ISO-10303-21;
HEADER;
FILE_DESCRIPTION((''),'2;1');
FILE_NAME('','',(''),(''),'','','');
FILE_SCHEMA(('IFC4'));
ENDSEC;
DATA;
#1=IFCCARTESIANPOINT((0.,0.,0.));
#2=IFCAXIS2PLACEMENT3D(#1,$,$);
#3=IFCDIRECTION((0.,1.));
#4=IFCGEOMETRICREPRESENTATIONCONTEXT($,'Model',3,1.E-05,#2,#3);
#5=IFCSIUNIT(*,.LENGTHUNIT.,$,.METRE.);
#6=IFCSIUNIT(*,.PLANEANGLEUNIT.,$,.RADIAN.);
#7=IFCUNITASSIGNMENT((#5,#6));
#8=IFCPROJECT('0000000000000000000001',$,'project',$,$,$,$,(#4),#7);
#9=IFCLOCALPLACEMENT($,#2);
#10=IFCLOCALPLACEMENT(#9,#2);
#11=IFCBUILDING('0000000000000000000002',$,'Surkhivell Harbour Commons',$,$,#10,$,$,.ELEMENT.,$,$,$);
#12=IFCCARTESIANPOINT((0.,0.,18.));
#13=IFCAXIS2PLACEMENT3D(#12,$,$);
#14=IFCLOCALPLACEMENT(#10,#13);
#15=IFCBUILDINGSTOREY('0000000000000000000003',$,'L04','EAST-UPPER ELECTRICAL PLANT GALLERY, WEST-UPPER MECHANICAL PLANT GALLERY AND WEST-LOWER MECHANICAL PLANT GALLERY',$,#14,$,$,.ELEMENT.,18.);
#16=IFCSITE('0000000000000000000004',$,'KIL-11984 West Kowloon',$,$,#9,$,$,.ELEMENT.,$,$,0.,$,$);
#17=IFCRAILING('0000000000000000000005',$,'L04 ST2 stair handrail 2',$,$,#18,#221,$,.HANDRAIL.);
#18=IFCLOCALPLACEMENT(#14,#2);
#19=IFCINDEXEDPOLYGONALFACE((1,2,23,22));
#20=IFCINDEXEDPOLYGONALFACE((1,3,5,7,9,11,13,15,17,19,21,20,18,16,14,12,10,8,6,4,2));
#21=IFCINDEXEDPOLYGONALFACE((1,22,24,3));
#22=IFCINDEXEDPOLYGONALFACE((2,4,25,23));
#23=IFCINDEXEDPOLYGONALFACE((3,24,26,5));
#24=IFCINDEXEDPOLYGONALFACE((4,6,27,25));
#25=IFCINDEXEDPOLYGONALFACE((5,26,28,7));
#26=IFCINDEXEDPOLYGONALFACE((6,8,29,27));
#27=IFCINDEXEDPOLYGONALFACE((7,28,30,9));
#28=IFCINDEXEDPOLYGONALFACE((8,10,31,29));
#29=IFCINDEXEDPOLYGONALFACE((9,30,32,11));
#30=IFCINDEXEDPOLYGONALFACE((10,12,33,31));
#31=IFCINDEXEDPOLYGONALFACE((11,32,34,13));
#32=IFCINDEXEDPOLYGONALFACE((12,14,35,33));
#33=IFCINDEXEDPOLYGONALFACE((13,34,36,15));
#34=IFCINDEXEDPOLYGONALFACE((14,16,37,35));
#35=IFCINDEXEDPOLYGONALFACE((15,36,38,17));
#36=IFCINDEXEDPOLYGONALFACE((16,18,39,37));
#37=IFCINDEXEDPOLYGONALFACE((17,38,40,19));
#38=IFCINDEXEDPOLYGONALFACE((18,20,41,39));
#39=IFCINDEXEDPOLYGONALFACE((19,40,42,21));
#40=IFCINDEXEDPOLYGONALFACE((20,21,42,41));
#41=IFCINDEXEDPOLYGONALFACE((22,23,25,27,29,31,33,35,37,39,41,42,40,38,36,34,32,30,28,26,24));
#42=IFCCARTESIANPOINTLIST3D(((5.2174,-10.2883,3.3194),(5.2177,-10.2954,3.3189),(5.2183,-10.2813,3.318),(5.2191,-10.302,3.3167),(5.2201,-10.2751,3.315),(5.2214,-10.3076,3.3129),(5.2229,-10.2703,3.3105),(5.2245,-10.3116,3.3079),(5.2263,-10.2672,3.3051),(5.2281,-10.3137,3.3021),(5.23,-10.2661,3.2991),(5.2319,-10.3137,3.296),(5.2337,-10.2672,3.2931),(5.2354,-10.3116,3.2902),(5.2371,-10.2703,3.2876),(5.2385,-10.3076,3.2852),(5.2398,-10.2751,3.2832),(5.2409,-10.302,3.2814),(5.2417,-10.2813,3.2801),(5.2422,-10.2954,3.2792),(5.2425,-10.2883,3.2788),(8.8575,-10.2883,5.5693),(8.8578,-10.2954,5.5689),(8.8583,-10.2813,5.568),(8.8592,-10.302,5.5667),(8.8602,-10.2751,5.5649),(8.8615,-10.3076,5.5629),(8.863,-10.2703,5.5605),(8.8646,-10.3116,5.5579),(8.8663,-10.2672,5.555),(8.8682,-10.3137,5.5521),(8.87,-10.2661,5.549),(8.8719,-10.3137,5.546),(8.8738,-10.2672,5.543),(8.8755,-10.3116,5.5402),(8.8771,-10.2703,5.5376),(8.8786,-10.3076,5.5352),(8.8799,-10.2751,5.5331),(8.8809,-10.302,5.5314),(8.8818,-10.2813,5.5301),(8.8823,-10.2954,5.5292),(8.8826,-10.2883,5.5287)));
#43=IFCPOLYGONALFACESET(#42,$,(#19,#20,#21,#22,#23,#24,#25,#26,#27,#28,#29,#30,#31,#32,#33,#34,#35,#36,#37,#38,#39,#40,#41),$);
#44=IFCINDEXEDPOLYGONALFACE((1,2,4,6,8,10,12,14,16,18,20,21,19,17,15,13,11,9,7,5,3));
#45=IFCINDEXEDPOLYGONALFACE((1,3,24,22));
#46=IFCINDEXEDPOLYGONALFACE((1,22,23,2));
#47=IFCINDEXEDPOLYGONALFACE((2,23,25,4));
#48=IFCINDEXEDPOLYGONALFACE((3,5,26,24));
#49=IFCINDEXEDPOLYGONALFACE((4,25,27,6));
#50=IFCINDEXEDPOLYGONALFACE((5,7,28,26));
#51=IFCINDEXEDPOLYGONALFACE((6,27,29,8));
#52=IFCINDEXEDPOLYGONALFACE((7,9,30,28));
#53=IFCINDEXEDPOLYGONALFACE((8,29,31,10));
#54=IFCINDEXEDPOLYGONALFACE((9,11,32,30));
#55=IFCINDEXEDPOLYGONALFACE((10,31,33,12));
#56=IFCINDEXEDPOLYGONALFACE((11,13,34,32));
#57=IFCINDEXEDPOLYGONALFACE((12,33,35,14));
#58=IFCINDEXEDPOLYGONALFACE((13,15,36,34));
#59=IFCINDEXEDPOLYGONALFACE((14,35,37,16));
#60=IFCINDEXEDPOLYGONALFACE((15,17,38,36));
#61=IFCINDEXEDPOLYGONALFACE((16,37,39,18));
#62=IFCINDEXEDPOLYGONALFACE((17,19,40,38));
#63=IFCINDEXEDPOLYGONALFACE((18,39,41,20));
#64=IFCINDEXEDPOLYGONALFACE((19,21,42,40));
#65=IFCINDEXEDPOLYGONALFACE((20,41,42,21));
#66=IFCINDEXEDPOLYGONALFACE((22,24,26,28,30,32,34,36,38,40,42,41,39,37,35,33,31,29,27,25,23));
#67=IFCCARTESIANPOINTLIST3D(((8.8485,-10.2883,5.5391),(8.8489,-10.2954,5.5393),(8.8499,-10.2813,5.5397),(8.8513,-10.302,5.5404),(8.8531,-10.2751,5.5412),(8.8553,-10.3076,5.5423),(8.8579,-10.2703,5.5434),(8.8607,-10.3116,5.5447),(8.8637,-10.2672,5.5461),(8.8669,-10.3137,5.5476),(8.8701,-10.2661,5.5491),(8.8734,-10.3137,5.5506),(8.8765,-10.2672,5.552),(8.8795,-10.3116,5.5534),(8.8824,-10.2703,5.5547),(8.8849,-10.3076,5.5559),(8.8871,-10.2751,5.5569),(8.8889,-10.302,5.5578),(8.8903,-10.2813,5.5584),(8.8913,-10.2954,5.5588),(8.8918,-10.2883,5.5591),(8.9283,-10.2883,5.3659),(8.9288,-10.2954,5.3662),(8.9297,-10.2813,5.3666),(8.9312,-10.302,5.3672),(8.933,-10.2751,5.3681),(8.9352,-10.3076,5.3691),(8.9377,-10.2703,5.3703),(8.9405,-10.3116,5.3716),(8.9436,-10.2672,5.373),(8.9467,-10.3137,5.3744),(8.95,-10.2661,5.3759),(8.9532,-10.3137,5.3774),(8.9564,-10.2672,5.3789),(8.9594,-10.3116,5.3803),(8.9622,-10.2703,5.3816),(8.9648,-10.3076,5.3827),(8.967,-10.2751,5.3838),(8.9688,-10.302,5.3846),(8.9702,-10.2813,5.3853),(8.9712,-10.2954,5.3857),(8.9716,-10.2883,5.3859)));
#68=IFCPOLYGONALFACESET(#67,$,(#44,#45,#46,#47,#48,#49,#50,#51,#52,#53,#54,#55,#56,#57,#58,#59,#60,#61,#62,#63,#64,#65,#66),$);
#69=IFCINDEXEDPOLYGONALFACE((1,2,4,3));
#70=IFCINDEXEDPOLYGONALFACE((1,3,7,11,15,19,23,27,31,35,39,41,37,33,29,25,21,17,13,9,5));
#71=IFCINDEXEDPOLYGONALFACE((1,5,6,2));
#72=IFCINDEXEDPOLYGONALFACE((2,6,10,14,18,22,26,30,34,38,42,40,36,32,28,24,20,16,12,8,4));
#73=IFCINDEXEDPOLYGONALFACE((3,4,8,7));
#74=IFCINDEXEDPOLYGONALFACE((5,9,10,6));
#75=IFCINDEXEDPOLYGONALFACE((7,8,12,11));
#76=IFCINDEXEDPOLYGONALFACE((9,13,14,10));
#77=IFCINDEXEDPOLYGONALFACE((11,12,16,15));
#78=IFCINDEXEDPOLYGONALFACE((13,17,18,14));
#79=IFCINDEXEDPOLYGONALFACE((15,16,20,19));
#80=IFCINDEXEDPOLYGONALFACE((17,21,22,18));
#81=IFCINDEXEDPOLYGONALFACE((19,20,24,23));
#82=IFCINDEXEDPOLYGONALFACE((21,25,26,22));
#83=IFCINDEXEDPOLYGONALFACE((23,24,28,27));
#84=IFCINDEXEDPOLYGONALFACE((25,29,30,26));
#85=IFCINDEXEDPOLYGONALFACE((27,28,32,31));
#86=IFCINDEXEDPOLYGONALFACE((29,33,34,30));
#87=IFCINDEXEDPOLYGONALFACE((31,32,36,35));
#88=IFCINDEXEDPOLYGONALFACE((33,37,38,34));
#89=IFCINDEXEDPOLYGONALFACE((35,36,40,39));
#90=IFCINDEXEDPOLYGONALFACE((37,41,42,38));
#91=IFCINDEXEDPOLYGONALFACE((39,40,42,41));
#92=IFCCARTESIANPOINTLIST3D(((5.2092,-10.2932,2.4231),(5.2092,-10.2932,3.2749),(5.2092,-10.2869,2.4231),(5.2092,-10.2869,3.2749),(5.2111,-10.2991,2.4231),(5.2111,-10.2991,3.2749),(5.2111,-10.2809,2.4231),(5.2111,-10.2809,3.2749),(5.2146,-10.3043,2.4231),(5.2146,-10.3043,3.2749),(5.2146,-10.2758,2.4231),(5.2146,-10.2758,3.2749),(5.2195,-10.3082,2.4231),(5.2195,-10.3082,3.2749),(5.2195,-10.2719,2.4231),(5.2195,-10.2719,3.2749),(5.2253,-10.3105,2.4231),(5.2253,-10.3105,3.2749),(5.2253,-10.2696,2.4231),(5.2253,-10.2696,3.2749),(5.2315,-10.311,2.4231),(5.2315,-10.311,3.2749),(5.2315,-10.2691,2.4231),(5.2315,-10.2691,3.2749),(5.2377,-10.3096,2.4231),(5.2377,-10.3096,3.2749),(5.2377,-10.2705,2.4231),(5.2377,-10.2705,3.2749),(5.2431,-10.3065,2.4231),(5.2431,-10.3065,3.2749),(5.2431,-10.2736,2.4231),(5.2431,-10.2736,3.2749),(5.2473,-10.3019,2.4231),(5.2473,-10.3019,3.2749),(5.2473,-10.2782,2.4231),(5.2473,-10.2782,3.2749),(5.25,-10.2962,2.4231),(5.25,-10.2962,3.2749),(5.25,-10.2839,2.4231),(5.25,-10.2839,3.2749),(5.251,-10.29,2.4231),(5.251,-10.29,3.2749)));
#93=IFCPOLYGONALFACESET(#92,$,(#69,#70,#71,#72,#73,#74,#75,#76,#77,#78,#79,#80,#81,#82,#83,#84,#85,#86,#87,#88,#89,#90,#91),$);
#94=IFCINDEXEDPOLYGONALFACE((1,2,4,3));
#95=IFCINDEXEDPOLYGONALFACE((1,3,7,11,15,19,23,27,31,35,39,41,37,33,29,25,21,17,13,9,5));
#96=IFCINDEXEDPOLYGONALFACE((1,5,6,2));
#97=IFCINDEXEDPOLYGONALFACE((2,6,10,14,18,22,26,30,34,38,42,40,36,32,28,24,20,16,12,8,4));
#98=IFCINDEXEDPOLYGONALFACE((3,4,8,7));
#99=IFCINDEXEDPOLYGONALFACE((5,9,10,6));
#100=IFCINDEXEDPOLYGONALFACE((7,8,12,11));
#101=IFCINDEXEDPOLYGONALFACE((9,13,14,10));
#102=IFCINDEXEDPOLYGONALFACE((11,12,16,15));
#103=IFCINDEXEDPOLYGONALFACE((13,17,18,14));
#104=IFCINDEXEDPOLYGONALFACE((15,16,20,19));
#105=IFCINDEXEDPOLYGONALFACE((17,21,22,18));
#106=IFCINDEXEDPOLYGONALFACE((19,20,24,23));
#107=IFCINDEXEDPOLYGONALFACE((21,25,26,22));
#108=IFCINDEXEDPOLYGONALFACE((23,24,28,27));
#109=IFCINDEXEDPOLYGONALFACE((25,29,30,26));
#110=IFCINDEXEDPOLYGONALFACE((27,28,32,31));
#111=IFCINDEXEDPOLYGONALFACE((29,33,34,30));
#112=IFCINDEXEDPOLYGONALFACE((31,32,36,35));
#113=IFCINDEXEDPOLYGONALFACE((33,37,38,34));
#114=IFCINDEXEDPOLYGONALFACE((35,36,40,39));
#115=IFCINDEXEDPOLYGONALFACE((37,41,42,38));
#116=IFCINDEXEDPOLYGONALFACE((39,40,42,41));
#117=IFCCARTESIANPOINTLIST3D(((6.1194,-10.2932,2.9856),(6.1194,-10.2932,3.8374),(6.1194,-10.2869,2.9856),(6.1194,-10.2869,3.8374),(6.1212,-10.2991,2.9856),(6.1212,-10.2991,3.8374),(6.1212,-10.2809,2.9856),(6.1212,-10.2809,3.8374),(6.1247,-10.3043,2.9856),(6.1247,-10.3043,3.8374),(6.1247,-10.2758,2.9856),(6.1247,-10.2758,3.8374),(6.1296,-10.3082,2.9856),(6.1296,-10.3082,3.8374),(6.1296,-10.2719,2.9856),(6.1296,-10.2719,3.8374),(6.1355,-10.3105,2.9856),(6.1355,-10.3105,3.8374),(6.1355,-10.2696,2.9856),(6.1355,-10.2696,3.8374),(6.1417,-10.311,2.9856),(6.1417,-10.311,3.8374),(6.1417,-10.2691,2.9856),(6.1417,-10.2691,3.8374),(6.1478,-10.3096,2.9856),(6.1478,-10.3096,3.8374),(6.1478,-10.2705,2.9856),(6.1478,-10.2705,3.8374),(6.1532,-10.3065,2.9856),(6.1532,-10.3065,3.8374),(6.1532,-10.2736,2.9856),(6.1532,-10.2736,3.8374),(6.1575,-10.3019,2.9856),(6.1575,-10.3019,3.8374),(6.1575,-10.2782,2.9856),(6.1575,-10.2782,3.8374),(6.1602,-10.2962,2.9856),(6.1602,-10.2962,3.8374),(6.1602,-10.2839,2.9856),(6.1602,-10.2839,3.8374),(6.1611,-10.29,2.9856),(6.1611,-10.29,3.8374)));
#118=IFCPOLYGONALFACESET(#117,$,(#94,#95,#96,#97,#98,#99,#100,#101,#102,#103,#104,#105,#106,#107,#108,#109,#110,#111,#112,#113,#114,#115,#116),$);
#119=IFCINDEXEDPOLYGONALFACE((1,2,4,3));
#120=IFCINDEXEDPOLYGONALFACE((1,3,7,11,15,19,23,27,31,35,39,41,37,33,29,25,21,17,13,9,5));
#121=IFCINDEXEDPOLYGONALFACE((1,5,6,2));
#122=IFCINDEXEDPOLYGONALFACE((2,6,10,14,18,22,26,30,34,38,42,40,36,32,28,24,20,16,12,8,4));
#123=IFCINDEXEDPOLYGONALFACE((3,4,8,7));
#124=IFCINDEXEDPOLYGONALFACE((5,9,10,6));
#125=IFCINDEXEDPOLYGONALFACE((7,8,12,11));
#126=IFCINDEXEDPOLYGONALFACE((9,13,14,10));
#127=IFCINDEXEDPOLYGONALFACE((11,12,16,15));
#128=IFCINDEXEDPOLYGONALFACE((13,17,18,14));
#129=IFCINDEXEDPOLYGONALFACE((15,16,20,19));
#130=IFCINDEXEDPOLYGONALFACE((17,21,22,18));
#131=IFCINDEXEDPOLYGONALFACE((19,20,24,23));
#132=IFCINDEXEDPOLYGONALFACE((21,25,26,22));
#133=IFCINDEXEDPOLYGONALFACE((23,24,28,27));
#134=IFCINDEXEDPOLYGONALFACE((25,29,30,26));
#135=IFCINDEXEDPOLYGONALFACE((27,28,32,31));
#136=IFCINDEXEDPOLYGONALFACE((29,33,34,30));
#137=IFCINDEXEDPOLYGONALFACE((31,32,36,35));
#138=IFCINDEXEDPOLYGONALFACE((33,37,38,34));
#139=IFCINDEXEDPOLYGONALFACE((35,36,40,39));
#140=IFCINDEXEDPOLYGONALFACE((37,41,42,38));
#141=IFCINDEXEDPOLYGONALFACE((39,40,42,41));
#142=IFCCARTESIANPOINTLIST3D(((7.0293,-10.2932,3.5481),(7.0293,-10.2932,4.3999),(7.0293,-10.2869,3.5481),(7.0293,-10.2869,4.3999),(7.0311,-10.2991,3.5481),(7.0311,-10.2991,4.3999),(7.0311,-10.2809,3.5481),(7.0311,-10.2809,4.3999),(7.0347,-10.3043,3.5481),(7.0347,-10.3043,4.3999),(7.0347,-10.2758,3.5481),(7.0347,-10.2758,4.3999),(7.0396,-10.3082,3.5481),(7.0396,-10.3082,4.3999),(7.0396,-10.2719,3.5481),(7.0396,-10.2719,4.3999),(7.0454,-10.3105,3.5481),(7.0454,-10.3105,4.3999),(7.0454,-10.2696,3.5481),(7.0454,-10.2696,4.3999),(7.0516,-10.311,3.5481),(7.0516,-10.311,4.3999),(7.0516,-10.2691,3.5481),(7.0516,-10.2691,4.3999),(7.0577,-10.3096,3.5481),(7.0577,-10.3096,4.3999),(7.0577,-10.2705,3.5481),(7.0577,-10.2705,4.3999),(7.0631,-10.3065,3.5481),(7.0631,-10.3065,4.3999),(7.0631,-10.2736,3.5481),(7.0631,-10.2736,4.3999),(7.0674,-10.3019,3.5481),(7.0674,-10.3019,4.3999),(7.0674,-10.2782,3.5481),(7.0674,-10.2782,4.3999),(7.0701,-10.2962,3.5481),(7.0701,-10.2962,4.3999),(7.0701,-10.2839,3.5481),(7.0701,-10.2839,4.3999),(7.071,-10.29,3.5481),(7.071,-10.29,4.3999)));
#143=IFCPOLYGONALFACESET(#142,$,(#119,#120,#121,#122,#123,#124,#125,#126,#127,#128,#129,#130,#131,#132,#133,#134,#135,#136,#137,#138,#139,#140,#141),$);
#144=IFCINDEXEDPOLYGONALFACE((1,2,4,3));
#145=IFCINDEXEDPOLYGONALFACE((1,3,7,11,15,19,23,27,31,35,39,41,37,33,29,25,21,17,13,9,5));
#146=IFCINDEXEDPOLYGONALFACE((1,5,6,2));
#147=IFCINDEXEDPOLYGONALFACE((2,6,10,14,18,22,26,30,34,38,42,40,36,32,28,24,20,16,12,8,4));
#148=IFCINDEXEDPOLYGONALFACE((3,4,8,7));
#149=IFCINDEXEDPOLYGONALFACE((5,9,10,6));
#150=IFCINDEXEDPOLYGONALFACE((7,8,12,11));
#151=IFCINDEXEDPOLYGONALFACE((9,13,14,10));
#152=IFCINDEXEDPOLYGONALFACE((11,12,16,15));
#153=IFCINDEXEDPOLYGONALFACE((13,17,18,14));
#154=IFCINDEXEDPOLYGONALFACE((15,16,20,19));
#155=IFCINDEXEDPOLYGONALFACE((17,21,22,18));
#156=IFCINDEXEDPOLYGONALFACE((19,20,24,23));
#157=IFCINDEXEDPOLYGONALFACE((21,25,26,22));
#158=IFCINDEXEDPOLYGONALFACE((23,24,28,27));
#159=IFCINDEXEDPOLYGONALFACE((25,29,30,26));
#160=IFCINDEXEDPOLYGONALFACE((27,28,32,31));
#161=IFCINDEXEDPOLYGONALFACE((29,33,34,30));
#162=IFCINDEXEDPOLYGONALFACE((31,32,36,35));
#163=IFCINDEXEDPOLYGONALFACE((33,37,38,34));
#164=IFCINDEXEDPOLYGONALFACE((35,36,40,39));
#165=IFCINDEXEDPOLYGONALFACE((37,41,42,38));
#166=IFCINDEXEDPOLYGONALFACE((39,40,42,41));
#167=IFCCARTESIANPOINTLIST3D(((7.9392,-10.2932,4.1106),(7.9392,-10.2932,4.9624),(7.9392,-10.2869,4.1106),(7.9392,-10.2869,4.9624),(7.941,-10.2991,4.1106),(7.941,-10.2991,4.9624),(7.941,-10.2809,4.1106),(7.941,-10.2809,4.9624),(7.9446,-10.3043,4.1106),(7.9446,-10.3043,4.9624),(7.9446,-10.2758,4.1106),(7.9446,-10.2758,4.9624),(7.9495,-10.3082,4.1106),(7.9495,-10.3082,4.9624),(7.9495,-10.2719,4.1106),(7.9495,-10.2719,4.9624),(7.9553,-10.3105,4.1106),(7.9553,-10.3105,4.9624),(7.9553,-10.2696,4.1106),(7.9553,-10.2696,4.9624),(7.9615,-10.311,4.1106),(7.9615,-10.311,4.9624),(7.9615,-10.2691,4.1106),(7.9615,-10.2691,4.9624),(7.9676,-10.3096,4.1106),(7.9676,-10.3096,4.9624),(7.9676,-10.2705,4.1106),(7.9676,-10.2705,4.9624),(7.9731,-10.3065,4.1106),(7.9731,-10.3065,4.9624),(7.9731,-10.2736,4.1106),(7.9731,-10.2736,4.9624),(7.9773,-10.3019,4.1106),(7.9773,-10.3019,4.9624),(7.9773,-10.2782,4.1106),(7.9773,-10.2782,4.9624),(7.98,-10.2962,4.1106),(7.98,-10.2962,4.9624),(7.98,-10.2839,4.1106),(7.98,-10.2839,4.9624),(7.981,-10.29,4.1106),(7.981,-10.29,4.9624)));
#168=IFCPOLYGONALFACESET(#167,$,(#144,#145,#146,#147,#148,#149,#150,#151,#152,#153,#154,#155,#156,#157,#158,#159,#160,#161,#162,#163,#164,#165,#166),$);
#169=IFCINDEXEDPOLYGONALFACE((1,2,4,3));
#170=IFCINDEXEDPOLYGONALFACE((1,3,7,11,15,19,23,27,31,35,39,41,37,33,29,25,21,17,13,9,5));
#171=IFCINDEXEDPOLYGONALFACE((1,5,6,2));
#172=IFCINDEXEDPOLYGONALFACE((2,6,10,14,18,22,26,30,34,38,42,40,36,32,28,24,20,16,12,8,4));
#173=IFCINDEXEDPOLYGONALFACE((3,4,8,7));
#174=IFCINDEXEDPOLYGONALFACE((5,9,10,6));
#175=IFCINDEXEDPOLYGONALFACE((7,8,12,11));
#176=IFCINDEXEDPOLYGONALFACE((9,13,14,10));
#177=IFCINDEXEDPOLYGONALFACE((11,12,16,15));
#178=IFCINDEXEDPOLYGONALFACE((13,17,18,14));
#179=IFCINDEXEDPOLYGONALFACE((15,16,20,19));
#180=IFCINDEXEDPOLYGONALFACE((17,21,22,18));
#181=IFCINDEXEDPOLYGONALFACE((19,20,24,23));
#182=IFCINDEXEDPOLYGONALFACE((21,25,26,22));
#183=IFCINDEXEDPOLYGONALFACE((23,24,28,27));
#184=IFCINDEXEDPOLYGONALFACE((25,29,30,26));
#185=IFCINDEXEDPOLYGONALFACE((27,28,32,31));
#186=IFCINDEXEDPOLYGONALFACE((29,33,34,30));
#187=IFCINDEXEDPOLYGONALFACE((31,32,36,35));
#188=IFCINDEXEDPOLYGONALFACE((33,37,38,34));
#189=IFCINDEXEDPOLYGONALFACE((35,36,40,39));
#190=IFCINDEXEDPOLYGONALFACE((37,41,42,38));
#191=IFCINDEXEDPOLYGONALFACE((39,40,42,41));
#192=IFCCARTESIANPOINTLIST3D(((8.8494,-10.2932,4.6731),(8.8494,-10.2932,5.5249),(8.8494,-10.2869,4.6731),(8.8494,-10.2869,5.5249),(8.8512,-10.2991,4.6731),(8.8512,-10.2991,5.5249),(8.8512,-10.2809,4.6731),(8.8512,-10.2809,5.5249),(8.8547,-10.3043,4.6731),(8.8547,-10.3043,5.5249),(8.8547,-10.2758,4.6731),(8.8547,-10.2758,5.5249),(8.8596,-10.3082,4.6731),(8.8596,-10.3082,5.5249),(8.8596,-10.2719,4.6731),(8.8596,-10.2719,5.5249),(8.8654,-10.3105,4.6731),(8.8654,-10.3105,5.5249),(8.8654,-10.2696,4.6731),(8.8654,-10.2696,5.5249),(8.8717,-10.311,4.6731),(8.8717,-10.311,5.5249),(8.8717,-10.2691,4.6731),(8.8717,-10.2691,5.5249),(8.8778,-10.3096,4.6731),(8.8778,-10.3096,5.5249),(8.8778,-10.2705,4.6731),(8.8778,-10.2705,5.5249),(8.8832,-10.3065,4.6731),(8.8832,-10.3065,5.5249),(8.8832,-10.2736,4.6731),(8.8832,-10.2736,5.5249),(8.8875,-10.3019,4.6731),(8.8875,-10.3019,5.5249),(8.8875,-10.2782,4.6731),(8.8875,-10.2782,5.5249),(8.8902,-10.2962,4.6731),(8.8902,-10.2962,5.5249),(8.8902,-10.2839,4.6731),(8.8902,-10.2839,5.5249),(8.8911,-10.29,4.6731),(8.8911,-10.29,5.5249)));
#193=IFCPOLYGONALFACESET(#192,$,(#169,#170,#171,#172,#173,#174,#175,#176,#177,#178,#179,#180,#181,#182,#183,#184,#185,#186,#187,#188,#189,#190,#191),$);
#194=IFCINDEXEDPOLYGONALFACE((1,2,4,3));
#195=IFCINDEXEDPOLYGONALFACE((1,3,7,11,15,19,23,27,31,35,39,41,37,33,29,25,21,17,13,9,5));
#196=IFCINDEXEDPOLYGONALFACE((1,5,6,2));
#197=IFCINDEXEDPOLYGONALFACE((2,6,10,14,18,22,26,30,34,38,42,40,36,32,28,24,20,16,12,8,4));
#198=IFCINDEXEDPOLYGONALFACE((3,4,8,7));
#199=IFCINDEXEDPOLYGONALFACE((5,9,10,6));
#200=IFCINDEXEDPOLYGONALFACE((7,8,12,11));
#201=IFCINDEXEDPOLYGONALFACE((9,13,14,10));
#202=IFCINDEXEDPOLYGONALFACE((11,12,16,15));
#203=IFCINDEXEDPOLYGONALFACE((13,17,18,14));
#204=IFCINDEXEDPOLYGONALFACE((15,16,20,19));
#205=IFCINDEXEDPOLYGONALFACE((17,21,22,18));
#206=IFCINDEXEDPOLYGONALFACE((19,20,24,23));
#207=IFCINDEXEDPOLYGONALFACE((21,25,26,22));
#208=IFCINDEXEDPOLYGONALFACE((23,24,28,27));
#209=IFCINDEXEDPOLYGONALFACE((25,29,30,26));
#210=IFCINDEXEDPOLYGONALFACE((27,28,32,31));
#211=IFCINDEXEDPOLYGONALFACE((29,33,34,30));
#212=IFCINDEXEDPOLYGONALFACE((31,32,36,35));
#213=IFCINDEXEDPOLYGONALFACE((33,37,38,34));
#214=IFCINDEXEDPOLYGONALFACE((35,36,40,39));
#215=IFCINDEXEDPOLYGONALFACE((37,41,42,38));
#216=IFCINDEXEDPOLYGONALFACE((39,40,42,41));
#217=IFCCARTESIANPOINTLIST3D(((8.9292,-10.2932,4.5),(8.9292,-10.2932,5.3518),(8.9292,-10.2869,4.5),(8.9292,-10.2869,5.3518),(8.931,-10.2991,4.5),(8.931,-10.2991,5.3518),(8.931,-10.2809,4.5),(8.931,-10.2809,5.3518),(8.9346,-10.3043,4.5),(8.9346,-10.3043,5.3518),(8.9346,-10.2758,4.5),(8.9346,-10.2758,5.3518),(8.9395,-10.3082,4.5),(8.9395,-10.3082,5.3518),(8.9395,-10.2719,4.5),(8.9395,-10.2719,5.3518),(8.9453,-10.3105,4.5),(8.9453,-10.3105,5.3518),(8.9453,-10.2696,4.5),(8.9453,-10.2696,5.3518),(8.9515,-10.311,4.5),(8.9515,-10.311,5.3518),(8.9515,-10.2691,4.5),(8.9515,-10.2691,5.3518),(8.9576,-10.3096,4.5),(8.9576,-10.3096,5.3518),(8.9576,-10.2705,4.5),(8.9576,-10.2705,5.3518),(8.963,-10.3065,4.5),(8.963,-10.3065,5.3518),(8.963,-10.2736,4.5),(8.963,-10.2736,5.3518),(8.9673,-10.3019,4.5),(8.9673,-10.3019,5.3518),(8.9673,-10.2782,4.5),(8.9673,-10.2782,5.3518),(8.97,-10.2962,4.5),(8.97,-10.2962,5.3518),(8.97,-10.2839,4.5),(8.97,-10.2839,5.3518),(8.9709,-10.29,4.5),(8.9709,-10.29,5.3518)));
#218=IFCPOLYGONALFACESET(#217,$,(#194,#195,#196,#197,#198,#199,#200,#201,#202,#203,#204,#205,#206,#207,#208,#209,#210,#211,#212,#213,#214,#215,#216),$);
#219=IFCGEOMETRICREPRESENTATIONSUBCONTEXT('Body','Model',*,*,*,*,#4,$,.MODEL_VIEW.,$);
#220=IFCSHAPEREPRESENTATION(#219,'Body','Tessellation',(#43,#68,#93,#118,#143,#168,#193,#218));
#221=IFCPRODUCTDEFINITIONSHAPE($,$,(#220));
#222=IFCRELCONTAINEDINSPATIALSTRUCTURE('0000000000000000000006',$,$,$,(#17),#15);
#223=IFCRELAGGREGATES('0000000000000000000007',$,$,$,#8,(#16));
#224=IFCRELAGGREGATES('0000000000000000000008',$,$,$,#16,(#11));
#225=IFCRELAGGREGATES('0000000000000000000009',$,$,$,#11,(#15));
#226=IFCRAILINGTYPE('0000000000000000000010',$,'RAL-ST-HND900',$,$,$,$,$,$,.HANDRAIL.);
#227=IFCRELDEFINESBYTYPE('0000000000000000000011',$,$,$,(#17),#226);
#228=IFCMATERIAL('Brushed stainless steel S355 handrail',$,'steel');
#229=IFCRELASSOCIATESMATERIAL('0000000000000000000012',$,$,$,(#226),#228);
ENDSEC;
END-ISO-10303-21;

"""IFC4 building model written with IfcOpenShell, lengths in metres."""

from ifc_helpers import new_model, si_unit, direction, frame, origin, origin_2d, place, context, subcontext, project, spatial, circle, extrude, material, type_object, element, save


model = new_model("IFC4")

# Units and contexts
model_context = context("Model", 3, precision=1e-05, world=origin(), true_north=direction((0.0, 1.0)))
body_context = subcontext(model_context, "Body", "Model", "MODEL_VIEW")
ifc_project = project(units=[si_unit("LENGTHUNIT", "METRE"), si_unit("PLANEANGLEUNIT", "RADIAN")], contexts=[model_context])

# Site, building, storey
site_placement = place(None, origin())
site = spatial("IfcSite", under=ifc_project, at=site_placement, Name="KIL-11984 West Kowloon", CompositionType="ELEMENT", RefElevation=0.0)
building_placement = place(site_placement, origin())
building = spatial("IfcBuilding", under=site, at=building_placement, Name="Surkhivell Harbour Commons", CompositionType="ELEMENT")
storey_placement = place(building_placement, frame((0.0, 0.0, 18.0)))
storey = spatial("IfcBuildingStorey", under=building, at=storey_placement, Name="L04", Description="EAST-UPPER ELECTRICAL PLANT GALLERY, WEST-UPPER MECHANICAL PLANT GALLERY AND WEST-LOWER MECHANICAL PLANT GALLERY", CompositionType="ELEMENT", Elevation=18.0)

# Railing
ifc_material_1 = material(Name="Brushed stainless steel S355 handrail", Category="steel")
railing_type_1 = type_object("IfcRailingType", Name="RAL-ST-HND900", PredefinedType="HANDRAIL", material=ifc_material_1)
railing_1_placement = place(storey_placement, frame((5.23, -10.29, 2.4231)))
element("IfcRailing", 1, at=railing_1_placement, inside=storey, type_object=railing_type_1, Name="L04 ST2 stair handrail 2", PredefinedType="HANDRAIL", context=body_context, shape_type="SweptSolid", body=[
    extrude(circle(Radius=0.0239, at=origin_2d()), frame((0.0, 0.0, 0.876), z_axis=(0.850622, 0.0, 0.525777), x_axis=(0.0, 1.0, 0.0)), (0.0, 0.0, 1.0), 4.2793),
    extrude(circle(Radius=0.0239, at=origin_2d()), frame((3.6401, 0.0, 3.126), z_axis=(0.418815, 0.0, -0.908072), x_axis=(0.0, 1.0, 0.0)), (0.0, 0.0, 1.0), 0.1907),
    extrude(circle(Radius=0.021, at=origin_2d()), origin(), (0.0, 0.0, 1.0), 0.8518),
    extrude(circle(Radius=0.021, at=origin_2d()), frame((0.9102, 0.0, 0.5625)), (0.0, 0.0, 1.0), 0.8518),
    extrude(circle(Radius=0.021, at=origin_2d()), frame((1.8201, 0.0, 1.125)), (0.0, 0.0, 1.0), 0.8518),
    extrude(circle(Radius=0.021, at=origin_2d()), frame((2.73, 0.0, 1.6875)), (0.0, 0.0, 1.0), 0.8518),
    extrude(circle(Radius=0.021, at=origin_2d()), frame((3.6401, 0.0, 2.25)), (0.0, 0.0, 1.0), 0.8518),
    extrude(circle(Radius=0.021, at=origin_2d()), frame((3.72, 0.0, 2.0769)), (0.0, 0.0, 1.0), 0.8518),
])

save(model, "model.ifc")
